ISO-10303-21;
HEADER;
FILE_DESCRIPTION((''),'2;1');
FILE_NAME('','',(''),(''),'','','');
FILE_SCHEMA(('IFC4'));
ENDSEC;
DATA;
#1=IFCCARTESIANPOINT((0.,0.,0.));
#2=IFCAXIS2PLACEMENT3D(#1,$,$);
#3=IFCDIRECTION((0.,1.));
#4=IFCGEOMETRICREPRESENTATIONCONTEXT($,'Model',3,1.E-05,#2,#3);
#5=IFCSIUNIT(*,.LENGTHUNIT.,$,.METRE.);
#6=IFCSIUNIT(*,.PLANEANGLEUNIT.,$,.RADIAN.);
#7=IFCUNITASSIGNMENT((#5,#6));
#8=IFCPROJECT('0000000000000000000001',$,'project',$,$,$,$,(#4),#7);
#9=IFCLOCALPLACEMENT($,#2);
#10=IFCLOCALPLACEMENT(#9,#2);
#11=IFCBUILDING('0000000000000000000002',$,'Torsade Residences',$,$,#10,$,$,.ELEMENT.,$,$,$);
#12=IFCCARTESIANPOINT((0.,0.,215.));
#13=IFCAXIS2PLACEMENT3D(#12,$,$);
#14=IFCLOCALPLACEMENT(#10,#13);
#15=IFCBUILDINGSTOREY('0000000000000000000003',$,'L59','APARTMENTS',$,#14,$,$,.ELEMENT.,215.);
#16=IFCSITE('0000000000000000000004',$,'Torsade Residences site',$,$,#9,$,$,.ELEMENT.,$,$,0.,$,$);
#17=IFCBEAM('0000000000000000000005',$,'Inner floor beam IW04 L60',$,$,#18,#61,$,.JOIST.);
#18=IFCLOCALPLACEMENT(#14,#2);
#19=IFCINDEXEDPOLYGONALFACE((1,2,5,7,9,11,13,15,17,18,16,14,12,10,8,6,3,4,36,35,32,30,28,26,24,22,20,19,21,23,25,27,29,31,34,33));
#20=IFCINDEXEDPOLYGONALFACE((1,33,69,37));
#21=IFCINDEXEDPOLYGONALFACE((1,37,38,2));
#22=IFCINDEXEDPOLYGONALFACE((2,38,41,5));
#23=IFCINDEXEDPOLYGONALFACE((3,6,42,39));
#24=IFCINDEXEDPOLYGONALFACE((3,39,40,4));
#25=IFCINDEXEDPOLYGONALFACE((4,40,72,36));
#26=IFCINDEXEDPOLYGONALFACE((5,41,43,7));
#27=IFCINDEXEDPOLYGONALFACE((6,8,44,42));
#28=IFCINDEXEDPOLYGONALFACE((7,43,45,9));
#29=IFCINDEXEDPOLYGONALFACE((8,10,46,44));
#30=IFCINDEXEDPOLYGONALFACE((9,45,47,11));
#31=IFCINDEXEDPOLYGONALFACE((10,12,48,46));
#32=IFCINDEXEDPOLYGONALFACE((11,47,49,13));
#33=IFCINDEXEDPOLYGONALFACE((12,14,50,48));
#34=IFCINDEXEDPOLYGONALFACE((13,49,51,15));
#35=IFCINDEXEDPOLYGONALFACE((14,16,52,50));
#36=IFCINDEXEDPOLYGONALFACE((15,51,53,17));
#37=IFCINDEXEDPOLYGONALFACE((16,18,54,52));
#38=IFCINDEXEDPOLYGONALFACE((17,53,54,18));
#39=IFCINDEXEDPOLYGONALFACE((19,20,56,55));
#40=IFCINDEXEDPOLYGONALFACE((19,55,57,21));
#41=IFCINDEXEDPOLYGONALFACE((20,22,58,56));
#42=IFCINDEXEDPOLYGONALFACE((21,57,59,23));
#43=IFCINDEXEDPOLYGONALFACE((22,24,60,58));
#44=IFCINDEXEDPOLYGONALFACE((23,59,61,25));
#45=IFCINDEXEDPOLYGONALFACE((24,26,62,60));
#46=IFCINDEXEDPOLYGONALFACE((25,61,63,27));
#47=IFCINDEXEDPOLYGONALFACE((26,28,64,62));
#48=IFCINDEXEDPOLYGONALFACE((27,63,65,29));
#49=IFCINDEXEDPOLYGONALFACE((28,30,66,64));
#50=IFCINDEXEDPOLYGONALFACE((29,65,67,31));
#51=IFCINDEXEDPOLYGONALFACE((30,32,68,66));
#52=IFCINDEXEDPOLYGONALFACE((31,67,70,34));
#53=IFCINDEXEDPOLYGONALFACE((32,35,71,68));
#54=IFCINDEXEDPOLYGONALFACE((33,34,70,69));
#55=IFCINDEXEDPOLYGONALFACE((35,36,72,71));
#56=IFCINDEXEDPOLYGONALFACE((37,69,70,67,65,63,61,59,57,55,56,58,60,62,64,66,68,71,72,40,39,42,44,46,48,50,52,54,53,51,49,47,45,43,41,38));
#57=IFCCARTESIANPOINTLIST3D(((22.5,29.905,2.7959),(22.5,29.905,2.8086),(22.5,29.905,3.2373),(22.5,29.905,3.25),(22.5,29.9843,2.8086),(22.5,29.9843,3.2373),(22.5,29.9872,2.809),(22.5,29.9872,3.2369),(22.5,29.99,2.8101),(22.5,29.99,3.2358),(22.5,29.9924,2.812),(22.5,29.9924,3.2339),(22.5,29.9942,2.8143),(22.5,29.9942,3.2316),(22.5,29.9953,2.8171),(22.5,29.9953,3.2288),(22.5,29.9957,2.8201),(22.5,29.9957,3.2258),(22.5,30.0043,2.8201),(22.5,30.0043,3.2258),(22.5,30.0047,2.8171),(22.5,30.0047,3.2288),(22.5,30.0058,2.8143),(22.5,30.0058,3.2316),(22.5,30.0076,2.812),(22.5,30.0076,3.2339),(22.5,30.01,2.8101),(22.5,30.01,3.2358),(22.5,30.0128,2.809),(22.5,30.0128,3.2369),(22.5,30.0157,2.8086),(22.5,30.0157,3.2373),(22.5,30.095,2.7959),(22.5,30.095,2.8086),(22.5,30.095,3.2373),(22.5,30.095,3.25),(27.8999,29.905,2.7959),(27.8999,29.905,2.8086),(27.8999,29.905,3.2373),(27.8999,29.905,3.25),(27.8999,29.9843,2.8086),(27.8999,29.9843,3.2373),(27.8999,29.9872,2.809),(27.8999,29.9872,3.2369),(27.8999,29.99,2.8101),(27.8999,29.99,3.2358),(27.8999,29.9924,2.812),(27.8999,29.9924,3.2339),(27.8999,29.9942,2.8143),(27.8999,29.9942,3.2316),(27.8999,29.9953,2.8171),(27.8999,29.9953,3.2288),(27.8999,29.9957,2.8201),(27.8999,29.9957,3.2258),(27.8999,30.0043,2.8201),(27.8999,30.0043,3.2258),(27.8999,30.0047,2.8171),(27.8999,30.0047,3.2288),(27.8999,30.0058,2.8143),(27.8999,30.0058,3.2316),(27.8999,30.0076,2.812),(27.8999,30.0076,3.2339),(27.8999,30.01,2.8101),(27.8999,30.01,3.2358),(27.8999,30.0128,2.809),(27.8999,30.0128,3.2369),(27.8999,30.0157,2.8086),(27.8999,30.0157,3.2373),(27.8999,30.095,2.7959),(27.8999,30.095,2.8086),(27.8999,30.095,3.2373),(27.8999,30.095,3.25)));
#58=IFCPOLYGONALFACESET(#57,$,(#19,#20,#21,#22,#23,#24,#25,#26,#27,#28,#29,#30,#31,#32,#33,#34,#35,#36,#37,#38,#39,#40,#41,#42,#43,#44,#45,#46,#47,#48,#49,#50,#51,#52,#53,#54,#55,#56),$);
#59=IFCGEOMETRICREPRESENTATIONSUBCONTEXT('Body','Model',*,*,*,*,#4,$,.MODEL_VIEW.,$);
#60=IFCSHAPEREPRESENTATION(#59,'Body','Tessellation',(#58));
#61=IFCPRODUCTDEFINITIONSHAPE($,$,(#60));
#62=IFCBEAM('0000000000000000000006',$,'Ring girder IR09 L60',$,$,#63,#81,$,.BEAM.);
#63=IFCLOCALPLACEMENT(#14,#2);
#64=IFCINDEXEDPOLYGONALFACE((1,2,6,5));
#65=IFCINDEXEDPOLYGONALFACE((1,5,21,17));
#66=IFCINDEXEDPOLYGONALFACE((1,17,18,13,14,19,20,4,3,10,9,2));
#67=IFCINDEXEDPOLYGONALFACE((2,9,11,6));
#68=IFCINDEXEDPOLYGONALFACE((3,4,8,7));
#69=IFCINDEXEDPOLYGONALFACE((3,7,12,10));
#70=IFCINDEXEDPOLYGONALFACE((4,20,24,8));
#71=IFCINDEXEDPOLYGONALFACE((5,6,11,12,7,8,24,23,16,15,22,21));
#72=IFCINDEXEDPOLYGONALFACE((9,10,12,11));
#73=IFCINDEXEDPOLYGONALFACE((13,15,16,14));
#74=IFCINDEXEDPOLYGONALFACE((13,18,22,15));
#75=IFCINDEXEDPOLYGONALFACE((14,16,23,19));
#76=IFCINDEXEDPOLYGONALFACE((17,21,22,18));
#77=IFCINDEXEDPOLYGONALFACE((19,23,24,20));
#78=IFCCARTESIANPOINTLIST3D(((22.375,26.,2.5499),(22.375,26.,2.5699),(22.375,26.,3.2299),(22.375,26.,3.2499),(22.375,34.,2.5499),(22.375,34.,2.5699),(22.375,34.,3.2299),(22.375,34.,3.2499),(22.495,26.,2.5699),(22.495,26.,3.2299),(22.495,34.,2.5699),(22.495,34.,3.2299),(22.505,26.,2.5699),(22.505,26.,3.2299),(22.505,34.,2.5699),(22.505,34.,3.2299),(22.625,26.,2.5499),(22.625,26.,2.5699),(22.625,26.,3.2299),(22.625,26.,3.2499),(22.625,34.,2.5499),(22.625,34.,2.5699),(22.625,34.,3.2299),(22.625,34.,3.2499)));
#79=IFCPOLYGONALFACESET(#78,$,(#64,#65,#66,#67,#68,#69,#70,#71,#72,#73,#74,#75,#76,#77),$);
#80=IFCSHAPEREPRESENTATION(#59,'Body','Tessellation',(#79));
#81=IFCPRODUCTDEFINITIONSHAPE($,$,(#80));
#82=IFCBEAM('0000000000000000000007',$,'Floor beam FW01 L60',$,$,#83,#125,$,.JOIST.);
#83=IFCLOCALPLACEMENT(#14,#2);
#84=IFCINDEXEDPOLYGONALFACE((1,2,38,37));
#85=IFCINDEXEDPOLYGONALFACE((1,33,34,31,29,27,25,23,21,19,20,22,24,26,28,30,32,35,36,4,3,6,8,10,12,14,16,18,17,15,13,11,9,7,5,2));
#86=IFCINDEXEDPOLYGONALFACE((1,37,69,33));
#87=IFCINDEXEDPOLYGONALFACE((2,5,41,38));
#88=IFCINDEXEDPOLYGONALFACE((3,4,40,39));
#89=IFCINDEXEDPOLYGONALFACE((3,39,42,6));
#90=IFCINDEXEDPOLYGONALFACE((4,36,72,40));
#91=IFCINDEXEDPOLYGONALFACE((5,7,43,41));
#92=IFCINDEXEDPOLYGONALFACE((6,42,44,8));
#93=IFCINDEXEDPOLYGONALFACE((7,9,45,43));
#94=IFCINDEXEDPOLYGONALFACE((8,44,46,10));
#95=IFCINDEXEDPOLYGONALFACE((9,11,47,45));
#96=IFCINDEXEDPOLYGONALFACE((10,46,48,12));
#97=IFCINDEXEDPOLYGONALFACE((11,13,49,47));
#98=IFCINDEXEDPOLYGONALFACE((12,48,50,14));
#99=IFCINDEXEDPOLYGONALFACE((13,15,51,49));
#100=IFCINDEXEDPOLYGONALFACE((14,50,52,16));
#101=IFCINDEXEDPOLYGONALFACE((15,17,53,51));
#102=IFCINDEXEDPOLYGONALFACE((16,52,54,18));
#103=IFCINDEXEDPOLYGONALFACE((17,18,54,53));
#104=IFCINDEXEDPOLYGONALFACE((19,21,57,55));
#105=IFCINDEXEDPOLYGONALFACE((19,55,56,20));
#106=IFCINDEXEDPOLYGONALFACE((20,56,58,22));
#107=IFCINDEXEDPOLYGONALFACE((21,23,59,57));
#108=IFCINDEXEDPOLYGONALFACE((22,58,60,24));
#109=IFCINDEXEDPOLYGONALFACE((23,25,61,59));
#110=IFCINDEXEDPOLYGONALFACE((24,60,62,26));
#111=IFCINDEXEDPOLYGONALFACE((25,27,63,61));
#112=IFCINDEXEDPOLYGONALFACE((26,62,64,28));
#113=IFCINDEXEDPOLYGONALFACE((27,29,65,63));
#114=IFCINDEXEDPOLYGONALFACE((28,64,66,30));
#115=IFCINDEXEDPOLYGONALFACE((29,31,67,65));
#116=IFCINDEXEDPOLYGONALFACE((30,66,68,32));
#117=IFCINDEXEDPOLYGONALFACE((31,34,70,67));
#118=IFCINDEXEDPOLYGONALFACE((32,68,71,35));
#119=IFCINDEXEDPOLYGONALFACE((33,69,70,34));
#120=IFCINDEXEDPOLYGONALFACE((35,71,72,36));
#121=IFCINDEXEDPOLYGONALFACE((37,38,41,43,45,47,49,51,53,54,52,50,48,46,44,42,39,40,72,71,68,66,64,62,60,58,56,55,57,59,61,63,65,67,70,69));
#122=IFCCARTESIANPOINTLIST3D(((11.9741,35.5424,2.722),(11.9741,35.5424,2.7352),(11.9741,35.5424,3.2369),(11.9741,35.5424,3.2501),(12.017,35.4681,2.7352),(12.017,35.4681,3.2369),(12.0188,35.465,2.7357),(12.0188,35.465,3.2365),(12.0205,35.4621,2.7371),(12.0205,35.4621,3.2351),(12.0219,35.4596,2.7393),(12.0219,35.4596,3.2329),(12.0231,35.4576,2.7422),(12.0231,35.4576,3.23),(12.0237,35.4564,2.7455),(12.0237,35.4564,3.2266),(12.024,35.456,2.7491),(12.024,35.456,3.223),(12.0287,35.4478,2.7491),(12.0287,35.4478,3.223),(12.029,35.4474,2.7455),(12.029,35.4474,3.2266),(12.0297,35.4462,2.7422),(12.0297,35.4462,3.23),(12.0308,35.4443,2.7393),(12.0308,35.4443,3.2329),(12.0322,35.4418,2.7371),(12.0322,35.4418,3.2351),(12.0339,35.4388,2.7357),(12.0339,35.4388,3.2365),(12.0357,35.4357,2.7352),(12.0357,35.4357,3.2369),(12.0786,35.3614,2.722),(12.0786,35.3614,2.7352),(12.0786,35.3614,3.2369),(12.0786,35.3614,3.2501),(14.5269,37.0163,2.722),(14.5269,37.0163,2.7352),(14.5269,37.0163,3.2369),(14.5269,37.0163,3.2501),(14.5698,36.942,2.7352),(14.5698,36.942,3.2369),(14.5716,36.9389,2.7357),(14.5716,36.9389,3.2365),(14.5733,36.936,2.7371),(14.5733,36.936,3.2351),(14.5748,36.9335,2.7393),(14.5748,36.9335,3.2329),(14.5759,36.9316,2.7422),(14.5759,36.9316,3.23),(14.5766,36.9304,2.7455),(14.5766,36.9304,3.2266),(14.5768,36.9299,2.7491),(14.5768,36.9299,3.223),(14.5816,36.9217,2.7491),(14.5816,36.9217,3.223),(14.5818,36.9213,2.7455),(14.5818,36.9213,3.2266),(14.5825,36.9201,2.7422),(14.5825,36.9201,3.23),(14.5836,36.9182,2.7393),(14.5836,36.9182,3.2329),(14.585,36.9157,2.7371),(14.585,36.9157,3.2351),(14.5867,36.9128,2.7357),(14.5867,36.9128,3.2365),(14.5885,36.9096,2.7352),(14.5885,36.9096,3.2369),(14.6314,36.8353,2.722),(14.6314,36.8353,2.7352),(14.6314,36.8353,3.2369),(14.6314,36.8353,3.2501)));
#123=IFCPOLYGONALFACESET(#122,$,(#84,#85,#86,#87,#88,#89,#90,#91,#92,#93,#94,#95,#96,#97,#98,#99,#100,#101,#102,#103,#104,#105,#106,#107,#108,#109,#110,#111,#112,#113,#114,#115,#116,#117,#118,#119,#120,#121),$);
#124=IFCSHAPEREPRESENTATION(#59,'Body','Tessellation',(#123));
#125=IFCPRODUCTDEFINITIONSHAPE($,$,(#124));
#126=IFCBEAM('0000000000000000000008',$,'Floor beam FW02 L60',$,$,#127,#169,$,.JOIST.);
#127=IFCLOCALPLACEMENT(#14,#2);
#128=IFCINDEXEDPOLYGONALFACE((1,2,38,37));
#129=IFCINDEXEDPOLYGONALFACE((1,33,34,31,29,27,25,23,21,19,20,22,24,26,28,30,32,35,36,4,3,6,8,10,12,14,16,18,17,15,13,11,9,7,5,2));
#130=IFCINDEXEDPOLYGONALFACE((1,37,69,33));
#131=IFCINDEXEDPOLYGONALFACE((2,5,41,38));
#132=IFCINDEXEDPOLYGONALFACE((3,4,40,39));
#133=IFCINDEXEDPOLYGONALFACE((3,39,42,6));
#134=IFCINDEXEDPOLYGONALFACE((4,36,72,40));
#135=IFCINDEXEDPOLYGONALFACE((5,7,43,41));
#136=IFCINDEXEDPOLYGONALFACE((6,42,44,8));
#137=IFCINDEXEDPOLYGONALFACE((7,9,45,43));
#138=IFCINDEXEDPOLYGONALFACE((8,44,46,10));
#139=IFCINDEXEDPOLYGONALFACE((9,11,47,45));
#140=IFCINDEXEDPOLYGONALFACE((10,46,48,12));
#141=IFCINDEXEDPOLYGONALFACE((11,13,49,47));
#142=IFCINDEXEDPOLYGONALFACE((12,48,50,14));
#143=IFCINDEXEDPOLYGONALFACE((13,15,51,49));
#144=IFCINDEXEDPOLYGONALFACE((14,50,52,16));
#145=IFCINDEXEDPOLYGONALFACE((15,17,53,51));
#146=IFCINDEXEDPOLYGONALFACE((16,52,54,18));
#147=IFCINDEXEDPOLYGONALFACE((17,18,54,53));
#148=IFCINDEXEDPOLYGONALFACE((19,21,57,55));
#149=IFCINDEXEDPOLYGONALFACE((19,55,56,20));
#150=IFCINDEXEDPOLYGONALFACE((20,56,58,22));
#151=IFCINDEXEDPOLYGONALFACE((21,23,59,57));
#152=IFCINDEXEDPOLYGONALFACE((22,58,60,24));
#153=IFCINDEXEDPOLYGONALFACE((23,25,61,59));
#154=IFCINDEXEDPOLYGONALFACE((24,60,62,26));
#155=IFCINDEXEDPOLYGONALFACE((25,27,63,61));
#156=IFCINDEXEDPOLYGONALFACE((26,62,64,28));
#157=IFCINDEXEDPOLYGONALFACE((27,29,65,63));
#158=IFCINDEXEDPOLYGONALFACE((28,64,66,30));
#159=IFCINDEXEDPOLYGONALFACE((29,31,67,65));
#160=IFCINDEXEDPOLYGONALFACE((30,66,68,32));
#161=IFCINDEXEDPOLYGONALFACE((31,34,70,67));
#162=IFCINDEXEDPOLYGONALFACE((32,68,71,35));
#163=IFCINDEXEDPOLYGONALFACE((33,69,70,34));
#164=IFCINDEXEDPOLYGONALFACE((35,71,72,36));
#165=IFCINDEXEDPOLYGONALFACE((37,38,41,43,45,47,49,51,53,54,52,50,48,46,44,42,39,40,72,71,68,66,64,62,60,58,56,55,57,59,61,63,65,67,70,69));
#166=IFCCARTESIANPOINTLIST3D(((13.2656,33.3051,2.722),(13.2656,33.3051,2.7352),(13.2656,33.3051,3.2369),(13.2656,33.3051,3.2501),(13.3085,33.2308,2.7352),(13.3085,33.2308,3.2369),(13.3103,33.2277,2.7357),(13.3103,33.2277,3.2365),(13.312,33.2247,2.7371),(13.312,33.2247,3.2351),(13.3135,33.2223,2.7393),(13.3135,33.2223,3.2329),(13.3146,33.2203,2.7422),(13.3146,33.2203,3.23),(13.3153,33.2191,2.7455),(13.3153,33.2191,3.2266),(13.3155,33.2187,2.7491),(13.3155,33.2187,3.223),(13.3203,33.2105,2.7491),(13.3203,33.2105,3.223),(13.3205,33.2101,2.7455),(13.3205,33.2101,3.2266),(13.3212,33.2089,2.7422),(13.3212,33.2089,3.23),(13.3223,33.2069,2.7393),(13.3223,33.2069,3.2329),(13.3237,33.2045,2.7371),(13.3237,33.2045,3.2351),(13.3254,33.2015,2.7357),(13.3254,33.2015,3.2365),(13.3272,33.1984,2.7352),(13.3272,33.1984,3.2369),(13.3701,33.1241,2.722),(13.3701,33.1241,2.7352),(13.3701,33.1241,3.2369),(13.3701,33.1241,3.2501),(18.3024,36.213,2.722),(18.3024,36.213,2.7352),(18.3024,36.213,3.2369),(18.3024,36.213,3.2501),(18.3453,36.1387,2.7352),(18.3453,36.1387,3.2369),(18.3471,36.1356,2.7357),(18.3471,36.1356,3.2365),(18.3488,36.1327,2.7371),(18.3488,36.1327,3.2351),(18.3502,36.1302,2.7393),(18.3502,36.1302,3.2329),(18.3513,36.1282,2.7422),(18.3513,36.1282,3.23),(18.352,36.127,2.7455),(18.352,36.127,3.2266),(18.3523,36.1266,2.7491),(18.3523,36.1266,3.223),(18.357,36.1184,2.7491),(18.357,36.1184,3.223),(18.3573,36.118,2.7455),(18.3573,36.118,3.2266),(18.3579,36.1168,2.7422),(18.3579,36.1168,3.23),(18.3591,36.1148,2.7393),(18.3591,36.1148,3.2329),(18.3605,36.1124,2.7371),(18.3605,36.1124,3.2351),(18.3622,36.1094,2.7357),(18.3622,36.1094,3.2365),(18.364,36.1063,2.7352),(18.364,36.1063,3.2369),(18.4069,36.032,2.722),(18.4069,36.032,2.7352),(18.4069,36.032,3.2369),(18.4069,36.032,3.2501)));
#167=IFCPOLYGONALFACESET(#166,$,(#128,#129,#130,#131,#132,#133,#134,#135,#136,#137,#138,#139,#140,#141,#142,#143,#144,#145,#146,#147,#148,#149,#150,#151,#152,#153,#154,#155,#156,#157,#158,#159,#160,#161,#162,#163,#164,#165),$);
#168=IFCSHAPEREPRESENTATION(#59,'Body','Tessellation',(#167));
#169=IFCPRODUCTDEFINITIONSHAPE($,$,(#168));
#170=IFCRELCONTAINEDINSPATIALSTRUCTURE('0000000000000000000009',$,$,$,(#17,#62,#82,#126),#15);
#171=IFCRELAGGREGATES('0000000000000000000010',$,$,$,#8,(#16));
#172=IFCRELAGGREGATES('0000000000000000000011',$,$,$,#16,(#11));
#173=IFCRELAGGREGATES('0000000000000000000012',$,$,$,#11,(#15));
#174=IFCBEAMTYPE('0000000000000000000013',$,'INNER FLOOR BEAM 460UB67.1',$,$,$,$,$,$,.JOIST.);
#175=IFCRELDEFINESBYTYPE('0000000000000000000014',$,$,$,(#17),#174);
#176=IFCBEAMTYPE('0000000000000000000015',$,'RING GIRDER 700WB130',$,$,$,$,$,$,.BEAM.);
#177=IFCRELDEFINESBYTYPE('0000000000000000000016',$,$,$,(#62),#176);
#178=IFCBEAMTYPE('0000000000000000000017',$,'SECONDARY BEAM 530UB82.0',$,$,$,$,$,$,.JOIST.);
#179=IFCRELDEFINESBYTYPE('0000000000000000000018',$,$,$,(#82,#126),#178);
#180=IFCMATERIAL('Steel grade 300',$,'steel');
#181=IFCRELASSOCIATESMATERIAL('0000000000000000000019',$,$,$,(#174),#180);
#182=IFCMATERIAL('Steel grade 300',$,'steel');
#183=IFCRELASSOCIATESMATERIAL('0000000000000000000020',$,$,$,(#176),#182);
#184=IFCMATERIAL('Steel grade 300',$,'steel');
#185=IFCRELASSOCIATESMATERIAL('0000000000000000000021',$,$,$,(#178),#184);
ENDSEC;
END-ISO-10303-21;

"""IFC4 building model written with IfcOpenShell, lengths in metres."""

from ifc_helpers import new_model, si_unit, direction, frame, origin, origin_2d, place, context, subcontext, project, spatial, i_section, extrude, material, material_profile, profile_set, type_object, element, save


model = new_model("IFC4")

# Units and contexts
model_context = context("Model", 3, precision=1e-05, world=origin(), true_north=direction((0.0, 1.0)))
body_context = subcontext(model_context, "Body", "Model", "MODEL_VIEW")
ifc_project = project(units=[si_unit("LENGTHUNIT", "METRE"), si_unit("PLANEANGLEUNIT", "RADIAN")], contexts=[model_context])

# Site, building, storey
site_placement = place(None, origin())
site = spatial("IfcSite", under=ifc_project, at=site_placement, Name="Torsade Residences site", CompositionType="ELEMENT", RefElevation=0.0)
building_placement = place(site_placement, origin())
building = spatial("IfcBuilding", under=site, at=building_placement, Name="Torsade Residences", CompositionType="ELEMENT")
storey_placement = place(building_placement, frame((0.0, 0.0, 215.0)))
storey = spatial("IfcBuildingStorey", under=building, at=storey_placement, Name="L59", Description="APARTMENTS", CompositionType="ELEMENT", Elevation=215.0)

# Beams
ifc_material_1 = material(Name="Steel grade 300", Category="steel")
ifc_material_profile_1 = material_profile(ifc_material_1, i_section(OverallWidth=0.1899, OverallDepth=0.4541, WebThickness=0.0085, FlangeThickness=0.0127, FilletRadius=0.0115, at=origin_2d()), Name="460UB67.1")
ifc_profile_set_1 = profile_set([ifc_material_profile_1], Name="Steel grade 300")
beam_type_1 = type_object("IfcBeamType", Name="INNER FLOOR BEAM 460UB67.1", PredefinedType="JOIST", material=ifc_profile_set_1)
for number, where, z_axis, x_axis, name in (
    (1, (27.8999, 30.0, 3.0229), (-1.0, 0.0, 0.0), (0.0, -1.0, 0.0), "Inner floor beam IW04 L60"),
):
    element("IfcBeam", number, at=place(storey_placement, frame(where, z_axis=z_axis, x_axis=x_axis)), inside=storey, type_object=beam_type_1, Name=name, PredefinedType="JOIST", context=body_context, shape_type="SweptSolid", body=[
        extrude(i_section(OverallWidth=0.1899, OverallDepth=0.4541, WebThickness=0.0085, FlangeThickness=0.0127, FilletRadius=0.0115, at=origin_2d()), origin(), (0.0, 0.0, 1.0), 5.3999),
    ])
ifc_material_2 = material(Name="Steel grade 300", Category="steel")
ifc_material_profile_2 = material_profile(ifc_material_2, i_section(OverallWidth=0.25, OverallDepth=0.7, WebThickness=0.01, FlangeThickness=0.02, at=origin_2d()), Name="700WB130")
ifc_profile_set_2 = profile_set([ifc_material_profile_2], Name="Steel grade 300")
beam_type_2 = type_object("IfcBeamType", Name="RING GIRDER 700WB130", PredefinedType="BEAM", material=ifc_profile_set_2)
beam_1_placement = place(storey_placement, frame((22.5, 34.0, 2.8999), z_axis=(0.0, -1.0, 0.0), x_axis=(1.0, 0.0, 0.0)))
element("IfcBeam", 2, at=beam_1_placement, inside=storey, type_object=beam_type_2, Name="Ring girder IR09 L60", PredefinedType="BEAM", context=body_context, shape_type="SweptSolid", body=[
    extrude(i_section(OverallWidth=0.25, OverallDepth=0.7, WebThickness=0.01, FlangeThickness=0.02, at=origin_2d()), origin(), (0.0, 0.0, 1.0), 8.0),
])
ifc_material_3 = material(Name="Steel grade 300", Category="steel")
ifc_material_profile_3 = material_profile(ifc_material_3, i_section(OverallWidth=0.209, OverallDepth=0.5281, WebThickness=0.0095, FlangeThickness=0.0132, FilletRadius=0.0139, at=origin_2d()), Name="530UB82.0")
ifc_profile_set_3 = profile_set([ifc_material_profile_3], Name="Steel grade 300")
beam_type_3 = type_object("IfcBeamType", Name="SECONDARY BEAM 530UB82.0", PredefinedType="JOIST", material=ifc_profile_set_3)
beam_2_placement = place(storey_placement, frame((12.0264, 35.4519, 2.9861), z_axis=(0.866017, 0.500014, 0.0), x_axis=(-0.500014, 0.866017, 0.0)))
element("IfcBeam", 3, at=beam_2_placement, inside=storey, type_object=beam_type_3, Name="Floor beam FW01 L60", PredefinedType="JOIST", context=body_context, shape_type="SweptSolid", body=[
    extrude(i_section(OverallWidth=0.209, OverallDepth=0.5281, WebThickness=0.0095, FlangeThickness=0.0132, FilletRadius=0.0139, at=origin_2d()), origin(), (0.0, 0.0, 1.0), 2.9478),
])
beam_3_placement = place(storey_placement, frame((13.3179, 33.2146, 2.9861), z_axis=(0.866031, 0.49999, 0.0), x_axis=(-0.49999, 0.866031, 0.0)))
element("IfcBeam", 4, at=beam_3_placement, inside=storey, type_object=beam_type_3, Name="Floor beam FW02 L60", PredefinedType="JOIST", context=body_context, shape_type="SweptSolid", body=[
    extrude(i_section(OverallWidth=0.209, OverallDepth=0.5281, WebThickness=0.0095, FlangeThickness=0.0132, FilletRadius=0.0139, at=origin_2d()), origin(), (0.0, 0.0, 1.0), 5.8159),
])

save(model, "model.ifc")
